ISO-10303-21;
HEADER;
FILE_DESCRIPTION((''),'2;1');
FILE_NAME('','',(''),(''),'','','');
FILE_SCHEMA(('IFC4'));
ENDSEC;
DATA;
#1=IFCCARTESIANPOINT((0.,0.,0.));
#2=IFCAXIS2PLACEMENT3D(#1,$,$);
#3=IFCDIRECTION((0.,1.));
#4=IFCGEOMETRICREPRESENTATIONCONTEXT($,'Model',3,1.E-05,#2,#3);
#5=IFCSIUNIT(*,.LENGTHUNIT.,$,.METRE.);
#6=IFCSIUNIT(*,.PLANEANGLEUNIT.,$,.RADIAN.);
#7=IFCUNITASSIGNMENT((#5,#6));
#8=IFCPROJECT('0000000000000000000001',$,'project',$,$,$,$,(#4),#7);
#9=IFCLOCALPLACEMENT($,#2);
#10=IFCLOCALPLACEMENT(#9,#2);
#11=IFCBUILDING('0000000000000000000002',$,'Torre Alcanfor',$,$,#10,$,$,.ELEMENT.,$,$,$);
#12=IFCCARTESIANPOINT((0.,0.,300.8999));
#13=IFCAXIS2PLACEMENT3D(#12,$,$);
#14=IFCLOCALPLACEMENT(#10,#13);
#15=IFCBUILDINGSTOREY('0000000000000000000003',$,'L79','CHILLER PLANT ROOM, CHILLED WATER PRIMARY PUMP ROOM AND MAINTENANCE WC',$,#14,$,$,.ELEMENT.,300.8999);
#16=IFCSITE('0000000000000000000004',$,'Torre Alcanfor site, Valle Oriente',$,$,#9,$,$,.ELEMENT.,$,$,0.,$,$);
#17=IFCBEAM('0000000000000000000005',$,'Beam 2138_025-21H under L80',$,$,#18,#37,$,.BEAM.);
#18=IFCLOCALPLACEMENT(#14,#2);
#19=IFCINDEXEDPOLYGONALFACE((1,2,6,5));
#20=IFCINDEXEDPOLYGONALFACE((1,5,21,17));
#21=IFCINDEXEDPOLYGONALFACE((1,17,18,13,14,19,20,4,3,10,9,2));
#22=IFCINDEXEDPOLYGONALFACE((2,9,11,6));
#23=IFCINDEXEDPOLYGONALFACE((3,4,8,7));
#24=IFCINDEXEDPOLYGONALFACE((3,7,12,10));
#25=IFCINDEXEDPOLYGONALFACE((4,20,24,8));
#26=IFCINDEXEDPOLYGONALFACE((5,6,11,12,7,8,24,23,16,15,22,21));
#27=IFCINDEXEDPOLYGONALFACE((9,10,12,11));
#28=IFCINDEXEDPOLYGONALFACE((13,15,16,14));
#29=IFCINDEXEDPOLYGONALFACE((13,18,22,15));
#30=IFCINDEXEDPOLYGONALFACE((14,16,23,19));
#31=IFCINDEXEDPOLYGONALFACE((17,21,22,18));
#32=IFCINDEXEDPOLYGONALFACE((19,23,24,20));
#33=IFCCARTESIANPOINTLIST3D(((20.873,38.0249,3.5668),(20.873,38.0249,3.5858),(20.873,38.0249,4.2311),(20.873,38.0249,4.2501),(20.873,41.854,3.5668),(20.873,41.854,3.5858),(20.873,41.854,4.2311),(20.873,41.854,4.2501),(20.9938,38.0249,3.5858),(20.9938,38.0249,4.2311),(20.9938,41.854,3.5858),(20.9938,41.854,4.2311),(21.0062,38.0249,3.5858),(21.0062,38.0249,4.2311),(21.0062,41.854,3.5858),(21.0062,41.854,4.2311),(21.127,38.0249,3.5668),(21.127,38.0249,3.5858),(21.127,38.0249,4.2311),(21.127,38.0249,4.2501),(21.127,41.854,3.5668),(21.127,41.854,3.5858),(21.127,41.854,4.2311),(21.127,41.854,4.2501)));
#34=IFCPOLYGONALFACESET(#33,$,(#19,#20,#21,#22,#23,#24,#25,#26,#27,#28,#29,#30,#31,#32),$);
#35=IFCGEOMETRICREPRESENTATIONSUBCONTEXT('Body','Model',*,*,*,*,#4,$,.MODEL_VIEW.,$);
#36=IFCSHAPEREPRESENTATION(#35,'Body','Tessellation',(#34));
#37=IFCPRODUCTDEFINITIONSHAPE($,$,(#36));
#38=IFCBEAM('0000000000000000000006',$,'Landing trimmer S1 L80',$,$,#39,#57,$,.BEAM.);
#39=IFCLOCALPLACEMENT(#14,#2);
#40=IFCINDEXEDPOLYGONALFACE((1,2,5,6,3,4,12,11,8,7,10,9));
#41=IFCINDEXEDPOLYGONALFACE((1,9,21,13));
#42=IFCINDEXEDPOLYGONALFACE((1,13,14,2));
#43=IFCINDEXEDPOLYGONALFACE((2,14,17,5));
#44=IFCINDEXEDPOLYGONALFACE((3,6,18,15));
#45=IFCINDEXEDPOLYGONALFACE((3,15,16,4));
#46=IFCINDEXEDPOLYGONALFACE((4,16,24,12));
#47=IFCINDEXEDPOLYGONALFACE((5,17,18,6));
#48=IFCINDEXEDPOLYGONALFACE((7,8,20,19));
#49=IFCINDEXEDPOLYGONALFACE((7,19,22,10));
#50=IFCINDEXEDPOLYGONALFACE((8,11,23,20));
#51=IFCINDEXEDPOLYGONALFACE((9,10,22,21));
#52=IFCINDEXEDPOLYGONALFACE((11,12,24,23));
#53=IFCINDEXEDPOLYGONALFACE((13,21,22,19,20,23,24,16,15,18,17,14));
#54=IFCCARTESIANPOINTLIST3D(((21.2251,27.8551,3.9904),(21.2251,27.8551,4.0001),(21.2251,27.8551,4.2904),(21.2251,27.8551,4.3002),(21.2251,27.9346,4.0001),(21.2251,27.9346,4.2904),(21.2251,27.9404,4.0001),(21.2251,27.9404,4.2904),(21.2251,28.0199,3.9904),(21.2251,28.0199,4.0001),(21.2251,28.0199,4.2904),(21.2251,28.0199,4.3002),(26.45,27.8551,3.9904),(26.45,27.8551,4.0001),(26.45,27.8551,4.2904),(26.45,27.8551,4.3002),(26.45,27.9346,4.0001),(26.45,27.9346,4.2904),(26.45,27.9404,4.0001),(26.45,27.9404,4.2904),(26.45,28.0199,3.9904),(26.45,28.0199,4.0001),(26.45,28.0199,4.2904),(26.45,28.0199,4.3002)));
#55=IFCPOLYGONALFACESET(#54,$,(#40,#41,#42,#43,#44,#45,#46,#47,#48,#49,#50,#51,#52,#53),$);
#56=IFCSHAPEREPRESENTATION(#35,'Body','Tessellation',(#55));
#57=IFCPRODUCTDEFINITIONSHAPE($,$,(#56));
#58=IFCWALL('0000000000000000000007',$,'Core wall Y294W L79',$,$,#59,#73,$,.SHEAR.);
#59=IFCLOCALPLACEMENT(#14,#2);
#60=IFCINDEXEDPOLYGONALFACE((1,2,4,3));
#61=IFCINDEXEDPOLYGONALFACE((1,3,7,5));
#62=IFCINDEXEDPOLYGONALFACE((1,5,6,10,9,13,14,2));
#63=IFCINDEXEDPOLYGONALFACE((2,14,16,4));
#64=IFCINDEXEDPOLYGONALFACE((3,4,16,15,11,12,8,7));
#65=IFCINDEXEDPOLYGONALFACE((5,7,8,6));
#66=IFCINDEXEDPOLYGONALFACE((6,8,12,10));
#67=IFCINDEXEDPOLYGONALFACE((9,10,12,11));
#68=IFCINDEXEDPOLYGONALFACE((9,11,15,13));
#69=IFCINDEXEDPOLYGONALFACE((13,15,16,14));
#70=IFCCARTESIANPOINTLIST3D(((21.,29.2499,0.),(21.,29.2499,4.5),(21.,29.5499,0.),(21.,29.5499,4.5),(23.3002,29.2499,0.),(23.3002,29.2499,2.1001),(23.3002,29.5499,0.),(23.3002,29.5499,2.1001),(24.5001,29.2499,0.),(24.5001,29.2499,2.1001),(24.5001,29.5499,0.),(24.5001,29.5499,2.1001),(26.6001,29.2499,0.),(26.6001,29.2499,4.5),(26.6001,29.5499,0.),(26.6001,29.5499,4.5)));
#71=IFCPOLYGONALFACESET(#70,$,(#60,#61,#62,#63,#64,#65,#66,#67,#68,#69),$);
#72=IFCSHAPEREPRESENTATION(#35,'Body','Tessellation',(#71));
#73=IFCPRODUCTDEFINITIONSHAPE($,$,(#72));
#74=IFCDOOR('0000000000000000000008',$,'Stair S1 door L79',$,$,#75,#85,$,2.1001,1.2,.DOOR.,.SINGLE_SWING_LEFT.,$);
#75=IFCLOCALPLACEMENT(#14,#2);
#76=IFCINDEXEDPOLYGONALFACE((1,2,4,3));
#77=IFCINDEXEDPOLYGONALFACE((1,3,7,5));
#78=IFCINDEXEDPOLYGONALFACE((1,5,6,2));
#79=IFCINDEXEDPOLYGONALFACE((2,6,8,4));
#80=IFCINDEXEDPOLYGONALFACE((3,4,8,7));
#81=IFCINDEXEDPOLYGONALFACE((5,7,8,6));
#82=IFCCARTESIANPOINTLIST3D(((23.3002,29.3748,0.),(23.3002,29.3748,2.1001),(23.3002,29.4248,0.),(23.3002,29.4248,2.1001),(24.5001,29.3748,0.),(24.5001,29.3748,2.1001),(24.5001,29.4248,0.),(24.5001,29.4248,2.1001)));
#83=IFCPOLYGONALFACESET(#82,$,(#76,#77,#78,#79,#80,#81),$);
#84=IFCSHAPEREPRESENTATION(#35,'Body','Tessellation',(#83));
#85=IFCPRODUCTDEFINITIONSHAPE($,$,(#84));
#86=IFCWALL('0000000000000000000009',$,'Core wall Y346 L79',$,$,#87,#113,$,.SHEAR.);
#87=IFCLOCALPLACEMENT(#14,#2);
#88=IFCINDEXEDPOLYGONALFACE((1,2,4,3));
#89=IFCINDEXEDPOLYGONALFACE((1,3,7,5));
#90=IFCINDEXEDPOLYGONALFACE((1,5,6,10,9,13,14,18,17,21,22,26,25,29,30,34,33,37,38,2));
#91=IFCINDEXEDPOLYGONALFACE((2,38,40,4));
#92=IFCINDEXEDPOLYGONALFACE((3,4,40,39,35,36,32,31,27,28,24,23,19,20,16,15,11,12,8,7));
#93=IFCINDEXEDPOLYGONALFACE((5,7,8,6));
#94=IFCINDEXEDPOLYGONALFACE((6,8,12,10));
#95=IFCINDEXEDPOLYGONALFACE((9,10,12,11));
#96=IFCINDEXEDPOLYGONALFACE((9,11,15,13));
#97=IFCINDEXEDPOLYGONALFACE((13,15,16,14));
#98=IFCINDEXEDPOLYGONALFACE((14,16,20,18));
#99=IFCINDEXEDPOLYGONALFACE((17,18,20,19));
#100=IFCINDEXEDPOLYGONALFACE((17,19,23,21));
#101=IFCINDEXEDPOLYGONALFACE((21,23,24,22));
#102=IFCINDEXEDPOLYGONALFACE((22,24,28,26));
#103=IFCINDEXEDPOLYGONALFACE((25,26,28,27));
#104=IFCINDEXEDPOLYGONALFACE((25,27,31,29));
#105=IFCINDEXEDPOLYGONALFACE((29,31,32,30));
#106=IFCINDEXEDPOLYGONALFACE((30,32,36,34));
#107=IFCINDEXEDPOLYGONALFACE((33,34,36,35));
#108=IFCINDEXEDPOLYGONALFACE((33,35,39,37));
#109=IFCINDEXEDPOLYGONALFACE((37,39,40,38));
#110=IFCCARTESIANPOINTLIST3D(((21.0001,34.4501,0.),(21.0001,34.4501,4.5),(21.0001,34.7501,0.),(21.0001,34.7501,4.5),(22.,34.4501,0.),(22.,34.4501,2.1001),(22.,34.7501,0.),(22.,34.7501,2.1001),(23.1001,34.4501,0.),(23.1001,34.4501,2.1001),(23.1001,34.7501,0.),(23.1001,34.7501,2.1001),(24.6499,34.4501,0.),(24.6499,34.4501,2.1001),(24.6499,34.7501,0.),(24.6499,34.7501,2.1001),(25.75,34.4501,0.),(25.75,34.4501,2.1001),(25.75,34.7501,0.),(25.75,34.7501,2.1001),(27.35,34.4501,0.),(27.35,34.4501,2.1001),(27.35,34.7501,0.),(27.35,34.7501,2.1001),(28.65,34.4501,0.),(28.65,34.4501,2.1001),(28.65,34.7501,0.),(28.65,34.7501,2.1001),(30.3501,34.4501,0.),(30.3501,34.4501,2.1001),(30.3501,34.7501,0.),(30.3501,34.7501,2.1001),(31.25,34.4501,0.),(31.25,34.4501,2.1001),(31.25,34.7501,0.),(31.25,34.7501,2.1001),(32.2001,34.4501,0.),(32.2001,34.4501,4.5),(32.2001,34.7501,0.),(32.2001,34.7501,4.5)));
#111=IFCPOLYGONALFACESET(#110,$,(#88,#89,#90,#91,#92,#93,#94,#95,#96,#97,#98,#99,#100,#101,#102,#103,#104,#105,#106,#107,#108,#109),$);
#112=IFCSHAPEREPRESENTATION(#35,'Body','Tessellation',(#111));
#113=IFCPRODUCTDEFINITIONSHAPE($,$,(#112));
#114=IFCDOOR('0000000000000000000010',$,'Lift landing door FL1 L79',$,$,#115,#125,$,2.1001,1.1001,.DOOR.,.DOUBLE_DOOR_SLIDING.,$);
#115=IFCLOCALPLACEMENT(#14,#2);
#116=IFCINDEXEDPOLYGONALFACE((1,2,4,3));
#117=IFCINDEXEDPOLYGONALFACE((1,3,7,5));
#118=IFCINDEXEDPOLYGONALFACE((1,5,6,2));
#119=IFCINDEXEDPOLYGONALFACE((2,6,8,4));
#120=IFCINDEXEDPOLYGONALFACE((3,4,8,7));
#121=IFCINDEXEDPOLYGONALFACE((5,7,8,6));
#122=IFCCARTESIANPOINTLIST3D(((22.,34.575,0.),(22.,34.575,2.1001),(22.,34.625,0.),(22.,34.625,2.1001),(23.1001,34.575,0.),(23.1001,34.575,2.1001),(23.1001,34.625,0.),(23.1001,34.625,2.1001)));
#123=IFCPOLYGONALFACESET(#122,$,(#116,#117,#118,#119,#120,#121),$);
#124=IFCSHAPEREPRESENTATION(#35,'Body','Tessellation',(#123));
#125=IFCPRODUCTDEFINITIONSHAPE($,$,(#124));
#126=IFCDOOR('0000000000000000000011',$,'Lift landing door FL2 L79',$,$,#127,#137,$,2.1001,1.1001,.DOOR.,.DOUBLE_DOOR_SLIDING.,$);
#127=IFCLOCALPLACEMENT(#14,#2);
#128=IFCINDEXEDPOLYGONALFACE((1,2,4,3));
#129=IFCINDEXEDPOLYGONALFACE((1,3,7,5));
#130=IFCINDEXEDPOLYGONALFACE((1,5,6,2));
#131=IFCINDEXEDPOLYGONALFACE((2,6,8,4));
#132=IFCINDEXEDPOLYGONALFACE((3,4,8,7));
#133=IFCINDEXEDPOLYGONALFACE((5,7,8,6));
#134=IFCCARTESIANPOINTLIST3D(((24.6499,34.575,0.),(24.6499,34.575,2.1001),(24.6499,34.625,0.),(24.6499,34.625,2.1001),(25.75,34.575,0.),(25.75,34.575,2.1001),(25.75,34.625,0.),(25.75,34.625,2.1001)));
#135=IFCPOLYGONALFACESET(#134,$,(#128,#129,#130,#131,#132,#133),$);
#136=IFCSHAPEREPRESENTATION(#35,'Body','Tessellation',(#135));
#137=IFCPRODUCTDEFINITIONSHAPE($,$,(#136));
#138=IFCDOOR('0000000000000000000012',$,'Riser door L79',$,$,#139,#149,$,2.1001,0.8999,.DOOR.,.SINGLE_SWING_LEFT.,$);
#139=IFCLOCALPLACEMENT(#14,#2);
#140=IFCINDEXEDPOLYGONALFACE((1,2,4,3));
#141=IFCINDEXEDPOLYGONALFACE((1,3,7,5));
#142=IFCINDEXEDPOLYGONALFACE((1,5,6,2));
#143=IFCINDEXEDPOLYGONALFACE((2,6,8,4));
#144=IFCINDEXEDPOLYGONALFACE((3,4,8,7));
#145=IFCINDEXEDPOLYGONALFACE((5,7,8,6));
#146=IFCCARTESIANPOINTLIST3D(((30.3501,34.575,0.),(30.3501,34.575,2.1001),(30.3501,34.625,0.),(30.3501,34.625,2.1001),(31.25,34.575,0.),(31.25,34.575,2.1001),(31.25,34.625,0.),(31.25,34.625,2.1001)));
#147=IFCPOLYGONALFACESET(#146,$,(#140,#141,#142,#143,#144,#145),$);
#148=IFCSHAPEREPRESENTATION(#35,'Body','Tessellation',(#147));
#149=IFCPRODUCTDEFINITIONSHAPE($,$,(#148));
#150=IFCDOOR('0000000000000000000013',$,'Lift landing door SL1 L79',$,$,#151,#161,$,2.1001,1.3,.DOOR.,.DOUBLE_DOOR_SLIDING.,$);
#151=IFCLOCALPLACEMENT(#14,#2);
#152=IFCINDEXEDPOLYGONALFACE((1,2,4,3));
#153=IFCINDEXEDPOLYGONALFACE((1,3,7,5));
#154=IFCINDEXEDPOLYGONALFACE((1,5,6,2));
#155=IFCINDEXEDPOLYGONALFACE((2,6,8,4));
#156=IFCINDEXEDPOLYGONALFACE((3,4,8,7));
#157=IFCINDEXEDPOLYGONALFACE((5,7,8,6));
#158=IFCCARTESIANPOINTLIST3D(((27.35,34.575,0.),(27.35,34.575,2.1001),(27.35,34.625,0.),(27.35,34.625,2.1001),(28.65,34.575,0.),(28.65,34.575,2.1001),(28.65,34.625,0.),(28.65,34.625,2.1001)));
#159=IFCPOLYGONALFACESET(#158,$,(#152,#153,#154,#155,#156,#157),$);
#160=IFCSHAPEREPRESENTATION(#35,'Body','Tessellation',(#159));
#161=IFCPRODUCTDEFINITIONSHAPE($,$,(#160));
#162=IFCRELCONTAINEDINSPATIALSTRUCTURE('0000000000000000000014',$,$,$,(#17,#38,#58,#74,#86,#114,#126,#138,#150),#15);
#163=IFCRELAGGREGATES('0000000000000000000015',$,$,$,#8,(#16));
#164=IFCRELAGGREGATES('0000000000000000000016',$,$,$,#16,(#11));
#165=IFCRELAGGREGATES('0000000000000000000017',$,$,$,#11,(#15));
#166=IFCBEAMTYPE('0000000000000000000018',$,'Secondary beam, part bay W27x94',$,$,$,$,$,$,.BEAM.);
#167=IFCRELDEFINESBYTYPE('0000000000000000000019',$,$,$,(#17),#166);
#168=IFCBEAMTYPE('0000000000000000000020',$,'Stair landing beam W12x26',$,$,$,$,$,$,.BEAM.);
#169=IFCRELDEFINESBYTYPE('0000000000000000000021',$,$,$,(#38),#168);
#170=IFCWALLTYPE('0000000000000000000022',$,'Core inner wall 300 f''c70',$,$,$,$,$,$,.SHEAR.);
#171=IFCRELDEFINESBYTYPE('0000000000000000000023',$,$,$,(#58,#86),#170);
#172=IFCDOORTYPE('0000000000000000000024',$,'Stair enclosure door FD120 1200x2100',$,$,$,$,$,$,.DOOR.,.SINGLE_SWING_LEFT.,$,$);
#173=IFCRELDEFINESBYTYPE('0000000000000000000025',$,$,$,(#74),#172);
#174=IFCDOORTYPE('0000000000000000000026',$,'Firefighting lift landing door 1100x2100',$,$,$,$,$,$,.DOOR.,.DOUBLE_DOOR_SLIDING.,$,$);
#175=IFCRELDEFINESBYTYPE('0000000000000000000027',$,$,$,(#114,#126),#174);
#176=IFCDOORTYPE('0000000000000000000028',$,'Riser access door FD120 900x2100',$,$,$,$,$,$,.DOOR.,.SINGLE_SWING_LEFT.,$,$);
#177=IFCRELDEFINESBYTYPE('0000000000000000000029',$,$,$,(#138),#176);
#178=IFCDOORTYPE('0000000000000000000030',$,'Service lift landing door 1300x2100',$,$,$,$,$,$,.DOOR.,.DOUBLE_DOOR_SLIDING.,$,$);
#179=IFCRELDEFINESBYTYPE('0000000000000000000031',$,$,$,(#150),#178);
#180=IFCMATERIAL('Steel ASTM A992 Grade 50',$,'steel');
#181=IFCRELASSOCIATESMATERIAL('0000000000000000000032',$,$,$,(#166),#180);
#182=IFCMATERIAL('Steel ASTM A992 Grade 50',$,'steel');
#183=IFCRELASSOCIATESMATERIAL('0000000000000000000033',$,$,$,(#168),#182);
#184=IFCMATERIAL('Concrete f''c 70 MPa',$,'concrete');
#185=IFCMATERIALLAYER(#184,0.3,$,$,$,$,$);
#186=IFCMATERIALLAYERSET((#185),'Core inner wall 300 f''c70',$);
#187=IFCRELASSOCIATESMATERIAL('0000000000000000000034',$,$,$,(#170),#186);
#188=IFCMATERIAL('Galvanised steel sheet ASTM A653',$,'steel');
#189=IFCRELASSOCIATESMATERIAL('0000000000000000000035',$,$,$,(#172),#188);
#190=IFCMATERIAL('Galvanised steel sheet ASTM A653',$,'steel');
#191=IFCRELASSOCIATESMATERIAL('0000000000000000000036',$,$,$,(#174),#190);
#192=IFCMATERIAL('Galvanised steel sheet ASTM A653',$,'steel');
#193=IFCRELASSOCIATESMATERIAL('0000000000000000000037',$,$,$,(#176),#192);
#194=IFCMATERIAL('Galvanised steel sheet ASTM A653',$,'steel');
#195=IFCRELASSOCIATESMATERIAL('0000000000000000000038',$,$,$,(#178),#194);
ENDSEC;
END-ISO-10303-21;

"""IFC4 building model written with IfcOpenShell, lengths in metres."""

from ifc_helpers import new_model, si_unit, direction, frame, frame_2d, origin, origin_2d, place, context, subcontext, project, spatial, rectangle, i_section, extrude, material, layer, layer_set, material_profile, profile_set, type_object, element, fill, save


model = new_model("IFC4")

# Units and contexts
model_context = context("Model", 3, precision=1e-05, world=origin(), true_north=direction((0.0, 1.0)))
body_context = subcontext(model_context, "Body", "Model", "MODEL_VIEW")
ifc_project = project(units=[si_unit("LENGTHUNIT", "METRE"), si_unit("PLANEANGLEUNIT", "RADIAN")], contexts=[model_context])

# Site, building, storey
site_placement = place(None, origin())
site = spatial("IfcSite", under=ifc_project, at=site_placement, Name="Torre Alcanfor site, Valle Oriente", CompositionType="ELEMENT", RefElevation=0.0)
building_placement = place(site_placement, origin())
building = spatial("IfcBuilding", under=site, at=building_placement, Name="Torre Alcanfor", CompositionType="ELEMENT")
storey_placement = place(building_placement, frame((0.0, 0.0, 300.8999)))
storey = spatial("IfcBuildingStorey", under=building, at=storey_placement, Name="L79", Description="CHILLER PLANT ROOM, CHILLED WATER PRIMARY PUMP ROOM AND MAINTENANCE WC", CompositionType="ELEMENT", Elevation=300.8999)

# Beams
ifc_material_1 = material(Name="Steel ASTM A992 Grade 50", Category="steel")
ifc_material_profile_1 = material_profile(ifc_material_1, i_section(OverallWidth=0.2539, OverallDepth=0.6833, WebThickness=0.0125, FlangeThickness=0.019, at=origin_2d()), Name="W27x94")
ifc_profile_set_1 = profile_set([ifc_material_profile_1], Name="Steel ASTM A992 Grade 50")
beam_type_1 = type_object("IfcBeamType", Name="Secondary beam, part bay W27x94", PredefinedType="BEAM", material=ifc_profile_set_1)
beam_1_placement = place(storey_placement, frame((21.0, 38.0249, 3.9084), z_axis=(0.0, 1.0, 0.0), x_axis=(-1.0, 0.0, 0.0)))
element("IfcBeam", 1, at=beam_1_placement, inside=storey, type_object=beam_type_1, Name="Beam 2138_025-21H under L80", PredefinedType="BEAM", context=body_context, shape_type="SweptSolid", body=[
    extrude(i_section(OverallWidth=0.2539, OverallDepth=0.6833, WebThickness=0.0125, FlangeThickness=0.019, at=origin_2d()), origin(), (0.0, 0.0, 1.0), 3.8291),
])
ifc_material_2 = material(Name="Steel ASTM A992 Grade 50", Category="steel")
ifc_material_profile_2 = material_profile(ifc_material_2, i_section(OverallWidth=0.1648, OverallDepth=0.3098, WebThickness=0.0059, FlangeThickness=0.0098, at=origin_2d()), Name="W12x26")
ifc_profile_set_2 = profile_set([ifc_material_profile_2], Name="Steel ASTM A992 Grade 50")
beam_type_2 = type_object("IfcBeamType", Name="Stair landing beam W12x26", PredefinedType="BEAM", material=ifc_profile_set_2)
beam_2_placement = place(storey_placement, frame((21.2251, 27.9375, 4.1453), z_axis=(1.0, 0.0, 0.0), x_axis=(0.0, 1.0, 0.0)))
element("IfcBeam", 2, at=beam_2_placement, inside=storey, type_object=beam_type_2, Name="Landing trimmer S1 L80", PredefinedType="BEAM", context=body_context, shape_type="SweptSolid", body=[
    extrude(i_section(OverallWidth=0.1648, OverallDepth=0.3098, WebThickness=0.0059, FlangeThickness=0.0098, at=origin_2d()), origin(), (0.0, 0.0, 1.0), 5.2249),
])

# Wall, opening, door
ifc_material_3 = material(Name="Concrete f'c 70 MPa", Category="concrete")
ifc_layer_1 = layer(ifc_material_3, 0.3)
ifc_layer_set_1 = layer_set([ifc_layer_1], Name="Core inner wall 300 f'c70")
wall_type_1 = type_object("IfcWallType", Name="Core inner wall 300 f'c70", PredefinedType="SHEAR", material=ifc_layer_set_1)
wall_1_placement = place(storey_placement, frame((21.0, 29.3999, 0.0), z_axis=(0.0, 0.0, 1.0), x_axis=(1.0, 0.0, 0.0)))
wall_1 = element("IfcWall", 3, at=wall_1_placement, inside=storey, type_object=wall_type_1, Name="Core wall Y294W L79", PredefinedType="SHEAR", context=body_context, shape_type="SweptSolid", body=[
    extrude(rectangle(XDim=5.6001, YDim=0.3, at=frame_2d((2.8, 0.0))), origin(), (0.0, 0.0, 1.0), 4.5),
])
opening_1_placement = place(wall_1_placement, frame((2.3, 0.0, 0.0)))
opening_1 = element("IfcOpeningElement", 4, at=opening_1_placement, cuts=wall_1, PredefinedType="OPENING", context=body_context, shape_type="SweptSolid", body=[
    extrude(rectangle(XDim=1.2, YDim=2.1001, at=frame_2d((0.6001, 1.05))), frame((0.0, 0.1599, 0.0), z_axis=(0.0, -1.0, 0.0), x_axis=(1.0, 0.0, 0.0)), (0.0, 0.0, 1.0), 0.3201),
])
ifc_material_4 = material(Name="Galvanised steel sheet ASTM A653", Category="steel")
door_type_1 = type_object("IfcDoorType", Name="Stair enclosure door FD120 1200x2100", OperationType="SINGLE_SWING_LEFT", PredefinedType="DOOR", material=ifc_material_4)
door_1_placement = place(opening_1_placement, frame((1.2, 0.0, 0.0), z_axis=(0.0, 0.0, 1.0), x_axis=(-1.0, 0.0, 0.0)))
door_1 = element("IfcDoor", 5, at=door_1_placement, inside=storey, type_object=door_type_1, Name="Stair S1 door L79", OperationType="SINGLE_SWING_LEFT", OverallHeight=2.1001, OverallWidth=1.2, PredefinedType="DOOR", context=body_context, shape_type="SweptSolid", body=[
    extrude(rectangle(XDim=1.2, YDim=2.1001, at=frame_2d((0.5999, 1.05))), frame((0.0, 0.0251, 0.0), z_axis=(0.0, -1.0, 0.0), x_axis=(1.0, 0.0, 0.0)), (0.0, 0.0, 1.0), 0.05),
])
fill(opening_1, door_1)

# Wall, openings, doors
wall_2_placement = place(storey_placement, frame((21.0, 34.6001, 0.0), z_axis=(0.0, 0.0, 1.0), x_axis=(1.0, 0.0, 0.0)))
wall_2 = element("IfcWall", 6, at=wall_2_placement, inside=storey, type_object=wall_type_1, Name="Core wall Y346 L79", PredefinedType="SHEAR", context=body_context, shape_type="SweptSolid", body=[
    extrude(rectangle(XDim=11.2, YDim=0.3, at=frame_2d((5.6001, 0.0))), origin(), (0.0, 0.0, 1.0), 4.5),
])
opening_2_placement = place(wall_2_placement, frame((9.3501, 0.0, 0.0)))
opening_2 = element("IfcOpeningElement", 7, at=opening_2_placement, cuts=wall_2, PredefinedType="OPENING", context=body_context, shape_type="SweptSolid", body=[
    extrude(rectangle(XDim=0.8999, YDim=2.1001, at=frame_2d((0.45, 1.05))), frame((0.0, 0.1599, 0.0), z_axis=(0.0, -1.0, 0.0), x_axis=(1.0, 0.0, 0.0)), (0.0, 0.0, 1.0), 0.3201),
])
opening_3_placement = place(wall_2_placement, frame((1.0, 0.0, 0.0)))
opening_3 = element("IfcOpeningElement", 8, at=opening_3_placement, cuts=wall_2, PredefinedType="OPENING", context=body_context, shape_type="SweptSolid", body=[
    extrude(rectangle(XDim=1.1001, YDim=2.1001, at=frame_2d((0.55, 1.05))), frame((0.0, 0.1599, 0.0), z_axis=(0.0, -1.0, 0.0), x_axis=(1.0, 0.0, 0.0)), (0.0, 0.0, 1.0), 0.3201),
])
opening_4_placement = place(wall_2_placement, frame((3.6499, 0.0, 0.0)))
opening_4 = element("IfcOpeningElement", 9, at=opening_4_placement, cuts=wall_2, PredefinedType="OPENING", context=body_context, shape_type="SweptSolid", body=[
    extrude(rectangle(XDim=1.1001, YDim=2.1001, at=frame_2d((0.55, 1.05))), frame((0.0, 0.1599, 0.0), z_axis=(0.0, -1.0, 0.0), x_axis=(1.0, 0.0, 0.0)), (0.0, 0.0, 1.0), 0.3201),
])
opening_5_placement = place(wall_2_placement, frame((6.3501, 0.0, 0.0)))
opening_5 = element("IfcOpeningElement", 10, at=opening_5_placement, cuts=wall_2, PredefinedType="OPENING", context=body_context, shape_type="SweptSolid", body=[
    extrude(rectangle(XDim=1.3, YDim=2.1001, at=frame_2d((0.6499, 1.05))), frame((0.0, 0.1599, 0.0), z_axis=(0.0, -1.0, 0.0), x_axis=(1.0, 0.0, 0.0)), (0.0, 0.0, 1.0), 0.3201),
])
ifc_material_5 = material(Name="Galvanised steel sheet ASTM A653", Category="steel")
door_type_2 = type_object("IfcDoorType", Name="Firefighting lift landing door 1100x2100", OperationType="DOUBLE_DOOR_SLIDING", PredefinedType="DOOR", material=ifc_material_5)
door_2_placement = place(opening_3_placement, origin())
door_2 = element("IfcDoor", 11, at=door_2_placement, inside=storey, type_object=door_type_2, Name="Lift landing door FL1 L79", OperationType="DOUBLE_DOOR_SLIDING", OverallHeight=2.1001, OverallWidth=1.1001, PredefinedType="DOOR", context=body_context, shape_type="SweptSolid", body=[
    extrude(rectangle(XDim=1.1001, YDim=2.1001, at=frame_2d((0.55, 1.05))), frame((0.0, 0.0249, 0.0), z_axis=(0.0, -1.0, 0.0), x_axis=(1.0, 0.0, 0.0)), (0.0, 0.0, 1.0), 0.05),
])
fill(opening_3, door_2)
door_3_placement = place(opening_4_placement, origin())
door_3 = element("IfcDoor", 12, at=door_3_placement, inside=storey, type_object=door_type_2, Name="Lift landing door FL2 L79", OperationType="DOUBLE_DOOR_SLIDING", OverallHeight=2.1001, OverallWidth=1.1001, PredefinedType="DOOR", context=body_context, shape_type="SweptSolid", body=[
    extrude(rectangle(XDim=1.1001, YDim=2.1001, at=frame_2d((0.55, 1.05))), frame((0.0, 0.0249, 0.0), z_axis=(0.0, -1.0, 0.0), x_axis=(1.0, 0.0, 0.0)), (0.0, 0.0, 1.0), 0.05),
])
fill(opening_4, door_3)
ifc_material_6 = material(Name="Galvanised steel sheet ASTM A653", Category="steel")
door_type_3 = type_object("IfcDoorType", Name="Riser access door FD120 900x2100", OperationType="SINGLE_SWING_LEFT", PredefinedType="DOOR", material=ifc_material_6)
door_4_placement = place(opening_2_placement, origin())
door_4 = element("IfcDoor", 13, at=door_4_placement, inside=storey, type_object=door_type_3, Name="Riser door L79", OperationType="SINGLE_SWING_LEFT", OverallHeight=2.1001, OverallWidth=0.8999, PredefinedType="DOOR", context=body_context, shape_type="SweptSolid", body=[
    extrude(rectangle(XDim=0.8999, YDim=2.1001, at=frame_2d((0.45, 1.05))), frame((0.0, 0.0249, 0.0), z_axis=(0.0, -1.0, 0.0), x_axis=(1.0, 0.0, 0.0)), (0.0, 0.0, 1.0), 0.05),
])
fill(opening_2, door_4)
ifc_material_7 = material(Name="Galvanised steel sheet ASTM A653", Category="steel")
door_type_4 = type_object("IfcDoorType", Name="Service lift landing door 1300x2100", OperationType="DOUBLE_DOOR_SLIDING", PredefinedType="DOOR", material=ifc_material_7)
door_5_placement = place(opening_5_placement, origin())
door_5 = element("IfcDoor", 14, at=door_5_placement, inside=storey, type_object=door_type_4, Name="Lift landing door SL1 L79", OperationType="DOUBLE_DOOR_SLIDING", OverallHeight=2.1001, OverallWidth=1.3, PredefinedType="DOOR", context=body_context, shape_type="SweptSolid", body=[
    extrude(rectangle(XDim=1.3, YDim=2.1001, at=frame_2d((0.6499, 1.05))), frame((0.0, 0.0249, 0.0), z_axis=(0.0, -1.0, 0.0), x_axis=(1.0, 0.0, 0.0)), (0.0, 0.0, 1.0), 0.05),
])
fill(opening_5, door_5)

save(model, "model.ifc")
